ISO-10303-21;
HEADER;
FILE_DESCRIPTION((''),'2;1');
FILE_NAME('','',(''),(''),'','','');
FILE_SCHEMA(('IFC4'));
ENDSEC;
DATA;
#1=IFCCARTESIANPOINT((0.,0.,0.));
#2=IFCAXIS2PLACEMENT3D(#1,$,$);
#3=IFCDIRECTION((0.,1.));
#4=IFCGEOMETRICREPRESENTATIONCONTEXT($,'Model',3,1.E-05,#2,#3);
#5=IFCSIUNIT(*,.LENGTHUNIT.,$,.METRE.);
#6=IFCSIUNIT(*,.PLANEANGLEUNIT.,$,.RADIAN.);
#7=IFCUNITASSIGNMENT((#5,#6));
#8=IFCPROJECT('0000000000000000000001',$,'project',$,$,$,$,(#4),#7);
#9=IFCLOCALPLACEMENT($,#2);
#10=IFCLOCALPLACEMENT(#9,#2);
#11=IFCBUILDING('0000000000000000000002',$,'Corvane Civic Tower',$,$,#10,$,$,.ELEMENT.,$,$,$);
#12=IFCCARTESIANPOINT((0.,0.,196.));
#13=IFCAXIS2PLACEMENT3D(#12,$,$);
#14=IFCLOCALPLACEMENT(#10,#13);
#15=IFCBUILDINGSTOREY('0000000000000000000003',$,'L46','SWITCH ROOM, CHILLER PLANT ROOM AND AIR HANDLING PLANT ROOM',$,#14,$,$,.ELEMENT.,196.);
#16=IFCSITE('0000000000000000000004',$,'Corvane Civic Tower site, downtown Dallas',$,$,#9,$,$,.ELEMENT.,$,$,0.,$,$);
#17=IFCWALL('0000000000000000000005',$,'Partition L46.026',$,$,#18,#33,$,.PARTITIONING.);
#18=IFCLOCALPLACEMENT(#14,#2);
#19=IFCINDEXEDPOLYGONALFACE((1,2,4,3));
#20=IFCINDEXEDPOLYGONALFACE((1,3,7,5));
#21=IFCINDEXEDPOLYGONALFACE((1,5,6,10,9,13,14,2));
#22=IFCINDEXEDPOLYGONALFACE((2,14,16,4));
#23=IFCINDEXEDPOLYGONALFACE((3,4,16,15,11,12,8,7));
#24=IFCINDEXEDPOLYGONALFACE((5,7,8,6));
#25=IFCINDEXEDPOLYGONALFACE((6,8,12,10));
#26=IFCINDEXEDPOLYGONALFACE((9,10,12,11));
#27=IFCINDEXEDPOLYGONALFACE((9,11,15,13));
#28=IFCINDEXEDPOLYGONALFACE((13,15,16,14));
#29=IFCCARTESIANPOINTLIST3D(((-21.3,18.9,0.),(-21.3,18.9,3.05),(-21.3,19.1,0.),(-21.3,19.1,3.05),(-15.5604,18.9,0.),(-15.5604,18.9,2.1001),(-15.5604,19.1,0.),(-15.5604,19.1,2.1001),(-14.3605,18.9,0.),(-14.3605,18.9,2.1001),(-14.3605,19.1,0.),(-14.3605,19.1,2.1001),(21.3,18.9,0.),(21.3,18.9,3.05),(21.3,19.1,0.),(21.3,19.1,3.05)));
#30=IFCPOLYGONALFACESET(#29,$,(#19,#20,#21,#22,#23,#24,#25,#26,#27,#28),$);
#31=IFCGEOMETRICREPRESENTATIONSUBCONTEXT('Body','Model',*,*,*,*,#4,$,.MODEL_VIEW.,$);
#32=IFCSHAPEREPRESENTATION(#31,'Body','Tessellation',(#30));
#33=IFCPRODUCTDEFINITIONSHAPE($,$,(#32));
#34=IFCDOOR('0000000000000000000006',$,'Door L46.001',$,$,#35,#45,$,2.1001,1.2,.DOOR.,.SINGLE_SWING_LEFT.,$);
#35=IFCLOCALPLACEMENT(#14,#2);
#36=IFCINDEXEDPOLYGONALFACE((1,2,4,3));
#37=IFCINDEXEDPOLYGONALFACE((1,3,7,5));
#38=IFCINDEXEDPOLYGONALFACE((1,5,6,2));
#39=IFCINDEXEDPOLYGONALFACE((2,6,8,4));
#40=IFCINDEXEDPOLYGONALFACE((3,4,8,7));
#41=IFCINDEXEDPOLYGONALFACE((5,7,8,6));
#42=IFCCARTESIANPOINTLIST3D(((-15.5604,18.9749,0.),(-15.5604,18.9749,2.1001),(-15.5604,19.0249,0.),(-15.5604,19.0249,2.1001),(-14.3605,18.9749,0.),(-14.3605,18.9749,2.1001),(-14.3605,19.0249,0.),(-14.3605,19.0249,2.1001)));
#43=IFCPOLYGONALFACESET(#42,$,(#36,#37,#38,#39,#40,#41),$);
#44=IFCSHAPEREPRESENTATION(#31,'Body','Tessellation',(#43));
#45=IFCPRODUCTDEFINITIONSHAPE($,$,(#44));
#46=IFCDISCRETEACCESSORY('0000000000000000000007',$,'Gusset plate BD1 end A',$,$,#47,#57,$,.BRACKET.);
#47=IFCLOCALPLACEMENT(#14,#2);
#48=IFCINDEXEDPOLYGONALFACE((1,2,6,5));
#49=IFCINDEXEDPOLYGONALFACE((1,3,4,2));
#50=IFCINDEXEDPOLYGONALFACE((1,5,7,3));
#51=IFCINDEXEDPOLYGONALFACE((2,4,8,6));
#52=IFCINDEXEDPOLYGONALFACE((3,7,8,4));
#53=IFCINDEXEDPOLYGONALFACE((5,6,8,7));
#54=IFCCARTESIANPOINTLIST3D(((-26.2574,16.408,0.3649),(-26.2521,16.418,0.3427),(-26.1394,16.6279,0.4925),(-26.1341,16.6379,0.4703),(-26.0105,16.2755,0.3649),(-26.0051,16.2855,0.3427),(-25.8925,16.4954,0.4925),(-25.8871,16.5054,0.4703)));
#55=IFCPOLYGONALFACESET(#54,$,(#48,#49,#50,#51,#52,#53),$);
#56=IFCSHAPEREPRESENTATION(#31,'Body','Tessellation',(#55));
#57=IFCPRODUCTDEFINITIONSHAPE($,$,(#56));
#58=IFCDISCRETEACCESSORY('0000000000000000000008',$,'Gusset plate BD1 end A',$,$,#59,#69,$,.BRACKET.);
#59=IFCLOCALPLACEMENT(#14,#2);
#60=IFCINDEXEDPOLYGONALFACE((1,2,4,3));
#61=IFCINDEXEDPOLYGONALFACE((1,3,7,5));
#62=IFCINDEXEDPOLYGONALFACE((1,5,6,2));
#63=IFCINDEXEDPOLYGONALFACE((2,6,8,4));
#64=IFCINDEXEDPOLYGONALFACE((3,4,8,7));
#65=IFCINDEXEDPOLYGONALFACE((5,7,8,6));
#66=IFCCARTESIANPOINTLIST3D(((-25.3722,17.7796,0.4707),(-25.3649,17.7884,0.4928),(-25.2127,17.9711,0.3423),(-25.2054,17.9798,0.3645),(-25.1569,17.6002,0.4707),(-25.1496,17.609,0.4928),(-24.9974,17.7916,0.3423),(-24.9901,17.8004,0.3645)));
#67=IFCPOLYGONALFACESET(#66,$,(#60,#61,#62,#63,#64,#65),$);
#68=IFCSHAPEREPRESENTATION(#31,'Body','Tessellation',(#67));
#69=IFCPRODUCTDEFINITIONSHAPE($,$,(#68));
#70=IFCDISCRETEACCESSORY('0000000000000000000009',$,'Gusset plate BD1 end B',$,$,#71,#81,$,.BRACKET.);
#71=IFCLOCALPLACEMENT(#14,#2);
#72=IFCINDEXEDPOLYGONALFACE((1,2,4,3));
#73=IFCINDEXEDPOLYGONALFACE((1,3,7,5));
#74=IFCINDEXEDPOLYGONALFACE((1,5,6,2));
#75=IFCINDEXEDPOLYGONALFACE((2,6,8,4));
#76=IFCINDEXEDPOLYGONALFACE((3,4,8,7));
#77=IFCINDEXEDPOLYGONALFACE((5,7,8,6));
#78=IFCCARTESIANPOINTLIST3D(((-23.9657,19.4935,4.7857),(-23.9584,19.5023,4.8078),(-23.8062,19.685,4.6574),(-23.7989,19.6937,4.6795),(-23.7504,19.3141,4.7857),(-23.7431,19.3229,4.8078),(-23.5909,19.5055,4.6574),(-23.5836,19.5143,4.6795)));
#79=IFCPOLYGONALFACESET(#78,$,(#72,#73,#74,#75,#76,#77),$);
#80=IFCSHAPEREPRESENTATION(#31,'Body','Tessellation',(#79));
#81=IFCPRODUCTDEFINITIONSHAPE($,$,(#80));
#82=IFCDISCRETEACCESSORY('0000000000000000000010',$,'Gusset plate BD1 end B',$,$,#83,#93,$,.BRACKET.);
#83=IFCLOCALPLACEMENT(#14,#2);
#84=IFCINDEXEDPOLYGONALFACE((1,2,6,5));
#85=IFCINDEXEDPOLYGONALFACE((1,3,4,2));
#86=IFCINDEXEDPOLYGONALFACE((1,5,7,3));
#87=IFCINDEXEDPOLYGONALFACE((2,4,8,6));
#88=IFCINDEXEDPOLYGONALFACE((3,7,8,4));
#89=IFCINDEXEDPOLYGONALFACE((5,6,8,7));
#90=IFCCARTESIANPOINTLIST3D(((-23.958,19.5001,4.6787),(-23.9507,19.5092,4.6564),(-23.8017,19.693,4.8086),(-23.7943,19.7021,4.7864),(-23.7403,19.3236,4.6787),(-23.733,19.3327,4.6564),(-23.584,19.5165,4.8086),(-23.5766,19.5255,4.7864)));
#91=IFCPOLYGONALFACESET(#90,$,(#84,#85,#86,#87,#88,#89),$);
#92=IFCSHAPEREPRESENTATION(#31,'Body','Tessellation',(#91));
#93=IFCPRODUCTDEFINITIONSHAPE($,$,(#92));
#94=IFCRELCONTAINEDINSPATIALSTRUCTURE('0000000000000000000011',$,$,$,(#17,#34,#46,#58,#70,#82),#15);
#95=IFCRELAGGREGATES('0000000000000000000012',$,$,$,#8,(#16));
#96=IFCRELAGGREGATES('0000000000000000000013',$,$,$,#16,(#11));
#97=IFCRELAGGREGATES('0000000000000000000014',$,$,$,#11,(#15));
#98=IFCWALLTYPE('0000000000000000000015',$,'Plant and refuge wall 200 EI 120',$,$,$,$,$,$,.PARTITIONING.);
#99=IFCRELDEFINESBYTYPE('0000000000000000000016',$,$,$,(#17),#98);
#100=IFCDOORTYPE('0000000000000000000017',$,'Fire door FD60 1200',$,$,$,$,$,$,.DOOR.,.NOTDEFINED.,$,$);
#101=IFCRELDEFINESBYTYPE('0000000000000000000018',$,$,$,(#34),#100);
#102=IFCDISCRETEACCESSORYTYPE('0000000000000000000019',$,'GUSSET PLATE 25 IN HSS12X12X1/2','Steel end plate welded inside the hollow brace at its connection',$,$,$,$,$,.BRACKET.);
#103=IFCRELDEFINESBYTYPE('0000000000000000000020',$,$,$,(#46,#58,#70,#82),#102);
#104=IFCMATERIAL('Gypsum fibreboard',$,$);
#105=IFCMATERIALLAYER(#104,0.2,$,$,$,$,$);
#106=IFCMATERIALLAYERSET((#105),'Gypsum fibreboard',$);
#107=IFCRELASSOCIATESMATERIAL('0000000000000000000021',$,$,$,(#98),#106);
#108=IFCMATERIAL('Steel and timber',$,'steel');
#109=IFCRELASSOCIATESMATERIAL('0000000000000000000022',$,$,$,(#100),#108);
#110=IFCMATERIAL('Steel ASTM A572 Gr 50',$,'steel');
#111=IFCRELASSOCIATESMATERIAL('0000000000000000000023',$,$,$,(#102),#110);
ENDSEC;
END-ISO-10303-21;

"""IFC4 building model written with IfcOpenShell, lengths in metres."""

from ifc_helpers import new_model, si_unit, direction, frame, frame_2d, origin, origin_2d, place, context, subcontext, project, spatial, rectangle, extrude, material, layer, layer_set, material_profile, profile_set, type_object, element, fill, save


model = new_model("IFC4")

# Units and contexts
model_context = context("Model", 3, precision=1e-05, world=origin(), true_north=direction((0.0, 1.0)))
body_context = subcontext(model_context, "Body", "Model", "MODEL_VIEW")
ifc_project = project(units=[si_unit("LENGTHUNIT", "METRE"), si_unit("PLANEANGLEUNIT", "RADIAN")], contexts=[model_context])

# Site, building, storey
site_placement = place(None, origin())
site = spatial("IfcSite", under=ifc_project, at=site_placement, Name="Corvane Civic Tower site, downtown Dallas", CompositionType="ELEMENT", RefElevation=0.0)
building_placement = place(site_placement, origin())
building = spatial("IfcBuilding", under=site, at=building_placement, Name="Corvane Civic Tower", CompositionType="ELEMENT")
storey_placement = place(building_placement, frame((0.0, 0.0, 196.0)))
storey = spatial("IfcBuildingStorey", under=building, at=storey_placement, Name="L46", Description="SWITCH ROOM, CHILLER PLANT ROOM AND AIR HANDLING PLANT ROOM", CompositionType="ELEMENT", Elevation=196.0)

# Shared definitions
ifc_material_1 = material(Name="Gypsum fibreboard")
ifc_layer_1 = layer(ifc_material_1, 0.2)
ifc_layer_set_1 = layer_set([ifc_layer_1], Name="Gypsum fibreboard")
wall_type_1 = type_object("IfcWallType", Name="Plant and refuge wall 200 EI 120", PredefinedType="PARTITIONING", material=ifc_layer_set_1)

# Wall, opening, door
wall_1_placement = place(storey_placement, frame((-21.3, 19.0, 0.0), z_axis=(0.0, 0.0, 1.0), x_axis=(1.0, 0.0, 0.0)))
wall_1 = element("IfcWall", 1, at=wall_1_placement, inside=storey, type_object=wall_type_1, Name="Partition L46.026", PredefinedType="PARTITIONING", context=body_context, shape_type="SweptSolid", body=[
    extrude(rectangle(XDim=42.6001, YDim=0.2, at=frame_2d((21.3, 0.0))), origin(), (0.0, 0.0, 1.0), 3.05),
])
opening_placement = place(wall_1_placement, frame((5.7395, 0.0, 0.0)))
opening = element("IfcOpeningElement", 2, at=opening_placement, cuts=wall_1, PredefinedType="OPENING", context=body_context, shape_type="SweptSolid", body=[
    extrude(rectangle(XDim=1.2, YDim=2.1001, at=frame_2d((0.6001, 1.05))), frame((0.0, 0.1099, 0.0), z_axis=(0.0, -1.0, 0.0), x_axis=(1.0, 0.0, 0.0)), (0.0, 0.0, 1.0), 0.22),
])
ifc_material_2 = material(Name="Steel and timber", Category="steel")
door_type = type_object("IfcDoorType", Name="Fire door FD60 1200", OperationType="NOTDEFINED", PredefinedType="DOOR", material=ifc_material_2)
door_placement = place(opening_placement, origin())
door = element("IfcDoor", 3, at=door_placement, inside=storey, type_object=door_type, Name="Door L46.001", OperationType="SINGLE_SWING_LEFT", OverallHeight=2.1001, OverallWidth=1.2, PredefinedType="DOOR", context=body_context, shape_type="SweptSolid", body=[
    extrude(rectangle(XDim=1.2, YDim=2.1001, at=frame_2d((0.6001, 1.05))), frame((0.0, 0.0249, 0.0), z_axis=(0.0, -1.0, 0.0), x_axis=(1.0, 0.0, 0.0)), (0.0, 0.0, 1.0), 0.05),
])
fill(opening, door)

# Discrete accessories
ifc_material_3 = material(Name="Steel ASTM A572 Gr 50", Category="steel")
ifc_material_profile_1 = material_profile(ifc_material_3, rectangle(XDim=0.2803, YDim=0.2803, at=origin_2d()), Name="GUSSET PLATE 25 IN HSS12X12X1/2")
ifc_profile_set_1 = profile_set([ifc_material_profile_1], Name="Steel ASTM A572 Gr 50")
discrete_accessory_type = type_object("IfcDiscreteAccessoryType", Name="GUSSET PLATE 25 IN HSS12X12X1/2", Description="Steel end plate welded inside the hollow brace at its connection", PredefinedType="BRACKET", material=ifc_profile_set_1)
for number, where, z_axis, x_axis, name in (
    (4, (-26.0696, 16.4617, 0.4065), (-0.215252, -0.401152, 0.890362), (0.88116, -0.472818, 0.0), "Gusset plate BD1 end A"),
    (5, (-25.1848, 17.7856, 0.4065), (0.293091, 0.351709, 0.889043), (-0.768221, 0.640184, 0.0), "Gusset plate BD1 end A"),
    (6, (-23.771, 19.5083, 4.7437), (-0.293091, -0.351709, -0.889043), (0.768221, -0.640184, 0.0), "Gusset plate BD1 end B"),
):
    element("IfcDiscreteAccessory", number, at=place(storey_placement, frame(where, z_axis=z_axis, x_axis=x_axis)), inside=storey, type_object=discrete_accessory_type, Name=name, PredefinedType="BRACKET", context=body_context, shape_type="SweptSolid", body=[
        extrude(rectangle(XDim=0.2803, YDim=0.2803, at=origin_2d()), origin(), (0.0, 0.0, 1.0), 0.0249),
    ])
discrete_accessory_placement = place(storey_placement, frame((-23.771, 19.5083, 4.7437), z_axis=(0.292075, 0.360226, -0.885962), x_axis=(-0.776756, 0.629802, 0.0)))
element("IfcDiscreteAccessory", 7, at=discrete_accessory_placement, inside=storey, type_object=discrete_accessory_type, Name="Gusset plate BD1 end B", PredefinedType="BRACKET", context=body_context, shape_type="SweptSolid", body=[
    extrude(rectangle(XDim=0.2803, YDim=0.2803, at=origin_2d()), origin(), (0.0, 0.0, 1.0), 0.0251),
])

save(model, "model.ifc")
